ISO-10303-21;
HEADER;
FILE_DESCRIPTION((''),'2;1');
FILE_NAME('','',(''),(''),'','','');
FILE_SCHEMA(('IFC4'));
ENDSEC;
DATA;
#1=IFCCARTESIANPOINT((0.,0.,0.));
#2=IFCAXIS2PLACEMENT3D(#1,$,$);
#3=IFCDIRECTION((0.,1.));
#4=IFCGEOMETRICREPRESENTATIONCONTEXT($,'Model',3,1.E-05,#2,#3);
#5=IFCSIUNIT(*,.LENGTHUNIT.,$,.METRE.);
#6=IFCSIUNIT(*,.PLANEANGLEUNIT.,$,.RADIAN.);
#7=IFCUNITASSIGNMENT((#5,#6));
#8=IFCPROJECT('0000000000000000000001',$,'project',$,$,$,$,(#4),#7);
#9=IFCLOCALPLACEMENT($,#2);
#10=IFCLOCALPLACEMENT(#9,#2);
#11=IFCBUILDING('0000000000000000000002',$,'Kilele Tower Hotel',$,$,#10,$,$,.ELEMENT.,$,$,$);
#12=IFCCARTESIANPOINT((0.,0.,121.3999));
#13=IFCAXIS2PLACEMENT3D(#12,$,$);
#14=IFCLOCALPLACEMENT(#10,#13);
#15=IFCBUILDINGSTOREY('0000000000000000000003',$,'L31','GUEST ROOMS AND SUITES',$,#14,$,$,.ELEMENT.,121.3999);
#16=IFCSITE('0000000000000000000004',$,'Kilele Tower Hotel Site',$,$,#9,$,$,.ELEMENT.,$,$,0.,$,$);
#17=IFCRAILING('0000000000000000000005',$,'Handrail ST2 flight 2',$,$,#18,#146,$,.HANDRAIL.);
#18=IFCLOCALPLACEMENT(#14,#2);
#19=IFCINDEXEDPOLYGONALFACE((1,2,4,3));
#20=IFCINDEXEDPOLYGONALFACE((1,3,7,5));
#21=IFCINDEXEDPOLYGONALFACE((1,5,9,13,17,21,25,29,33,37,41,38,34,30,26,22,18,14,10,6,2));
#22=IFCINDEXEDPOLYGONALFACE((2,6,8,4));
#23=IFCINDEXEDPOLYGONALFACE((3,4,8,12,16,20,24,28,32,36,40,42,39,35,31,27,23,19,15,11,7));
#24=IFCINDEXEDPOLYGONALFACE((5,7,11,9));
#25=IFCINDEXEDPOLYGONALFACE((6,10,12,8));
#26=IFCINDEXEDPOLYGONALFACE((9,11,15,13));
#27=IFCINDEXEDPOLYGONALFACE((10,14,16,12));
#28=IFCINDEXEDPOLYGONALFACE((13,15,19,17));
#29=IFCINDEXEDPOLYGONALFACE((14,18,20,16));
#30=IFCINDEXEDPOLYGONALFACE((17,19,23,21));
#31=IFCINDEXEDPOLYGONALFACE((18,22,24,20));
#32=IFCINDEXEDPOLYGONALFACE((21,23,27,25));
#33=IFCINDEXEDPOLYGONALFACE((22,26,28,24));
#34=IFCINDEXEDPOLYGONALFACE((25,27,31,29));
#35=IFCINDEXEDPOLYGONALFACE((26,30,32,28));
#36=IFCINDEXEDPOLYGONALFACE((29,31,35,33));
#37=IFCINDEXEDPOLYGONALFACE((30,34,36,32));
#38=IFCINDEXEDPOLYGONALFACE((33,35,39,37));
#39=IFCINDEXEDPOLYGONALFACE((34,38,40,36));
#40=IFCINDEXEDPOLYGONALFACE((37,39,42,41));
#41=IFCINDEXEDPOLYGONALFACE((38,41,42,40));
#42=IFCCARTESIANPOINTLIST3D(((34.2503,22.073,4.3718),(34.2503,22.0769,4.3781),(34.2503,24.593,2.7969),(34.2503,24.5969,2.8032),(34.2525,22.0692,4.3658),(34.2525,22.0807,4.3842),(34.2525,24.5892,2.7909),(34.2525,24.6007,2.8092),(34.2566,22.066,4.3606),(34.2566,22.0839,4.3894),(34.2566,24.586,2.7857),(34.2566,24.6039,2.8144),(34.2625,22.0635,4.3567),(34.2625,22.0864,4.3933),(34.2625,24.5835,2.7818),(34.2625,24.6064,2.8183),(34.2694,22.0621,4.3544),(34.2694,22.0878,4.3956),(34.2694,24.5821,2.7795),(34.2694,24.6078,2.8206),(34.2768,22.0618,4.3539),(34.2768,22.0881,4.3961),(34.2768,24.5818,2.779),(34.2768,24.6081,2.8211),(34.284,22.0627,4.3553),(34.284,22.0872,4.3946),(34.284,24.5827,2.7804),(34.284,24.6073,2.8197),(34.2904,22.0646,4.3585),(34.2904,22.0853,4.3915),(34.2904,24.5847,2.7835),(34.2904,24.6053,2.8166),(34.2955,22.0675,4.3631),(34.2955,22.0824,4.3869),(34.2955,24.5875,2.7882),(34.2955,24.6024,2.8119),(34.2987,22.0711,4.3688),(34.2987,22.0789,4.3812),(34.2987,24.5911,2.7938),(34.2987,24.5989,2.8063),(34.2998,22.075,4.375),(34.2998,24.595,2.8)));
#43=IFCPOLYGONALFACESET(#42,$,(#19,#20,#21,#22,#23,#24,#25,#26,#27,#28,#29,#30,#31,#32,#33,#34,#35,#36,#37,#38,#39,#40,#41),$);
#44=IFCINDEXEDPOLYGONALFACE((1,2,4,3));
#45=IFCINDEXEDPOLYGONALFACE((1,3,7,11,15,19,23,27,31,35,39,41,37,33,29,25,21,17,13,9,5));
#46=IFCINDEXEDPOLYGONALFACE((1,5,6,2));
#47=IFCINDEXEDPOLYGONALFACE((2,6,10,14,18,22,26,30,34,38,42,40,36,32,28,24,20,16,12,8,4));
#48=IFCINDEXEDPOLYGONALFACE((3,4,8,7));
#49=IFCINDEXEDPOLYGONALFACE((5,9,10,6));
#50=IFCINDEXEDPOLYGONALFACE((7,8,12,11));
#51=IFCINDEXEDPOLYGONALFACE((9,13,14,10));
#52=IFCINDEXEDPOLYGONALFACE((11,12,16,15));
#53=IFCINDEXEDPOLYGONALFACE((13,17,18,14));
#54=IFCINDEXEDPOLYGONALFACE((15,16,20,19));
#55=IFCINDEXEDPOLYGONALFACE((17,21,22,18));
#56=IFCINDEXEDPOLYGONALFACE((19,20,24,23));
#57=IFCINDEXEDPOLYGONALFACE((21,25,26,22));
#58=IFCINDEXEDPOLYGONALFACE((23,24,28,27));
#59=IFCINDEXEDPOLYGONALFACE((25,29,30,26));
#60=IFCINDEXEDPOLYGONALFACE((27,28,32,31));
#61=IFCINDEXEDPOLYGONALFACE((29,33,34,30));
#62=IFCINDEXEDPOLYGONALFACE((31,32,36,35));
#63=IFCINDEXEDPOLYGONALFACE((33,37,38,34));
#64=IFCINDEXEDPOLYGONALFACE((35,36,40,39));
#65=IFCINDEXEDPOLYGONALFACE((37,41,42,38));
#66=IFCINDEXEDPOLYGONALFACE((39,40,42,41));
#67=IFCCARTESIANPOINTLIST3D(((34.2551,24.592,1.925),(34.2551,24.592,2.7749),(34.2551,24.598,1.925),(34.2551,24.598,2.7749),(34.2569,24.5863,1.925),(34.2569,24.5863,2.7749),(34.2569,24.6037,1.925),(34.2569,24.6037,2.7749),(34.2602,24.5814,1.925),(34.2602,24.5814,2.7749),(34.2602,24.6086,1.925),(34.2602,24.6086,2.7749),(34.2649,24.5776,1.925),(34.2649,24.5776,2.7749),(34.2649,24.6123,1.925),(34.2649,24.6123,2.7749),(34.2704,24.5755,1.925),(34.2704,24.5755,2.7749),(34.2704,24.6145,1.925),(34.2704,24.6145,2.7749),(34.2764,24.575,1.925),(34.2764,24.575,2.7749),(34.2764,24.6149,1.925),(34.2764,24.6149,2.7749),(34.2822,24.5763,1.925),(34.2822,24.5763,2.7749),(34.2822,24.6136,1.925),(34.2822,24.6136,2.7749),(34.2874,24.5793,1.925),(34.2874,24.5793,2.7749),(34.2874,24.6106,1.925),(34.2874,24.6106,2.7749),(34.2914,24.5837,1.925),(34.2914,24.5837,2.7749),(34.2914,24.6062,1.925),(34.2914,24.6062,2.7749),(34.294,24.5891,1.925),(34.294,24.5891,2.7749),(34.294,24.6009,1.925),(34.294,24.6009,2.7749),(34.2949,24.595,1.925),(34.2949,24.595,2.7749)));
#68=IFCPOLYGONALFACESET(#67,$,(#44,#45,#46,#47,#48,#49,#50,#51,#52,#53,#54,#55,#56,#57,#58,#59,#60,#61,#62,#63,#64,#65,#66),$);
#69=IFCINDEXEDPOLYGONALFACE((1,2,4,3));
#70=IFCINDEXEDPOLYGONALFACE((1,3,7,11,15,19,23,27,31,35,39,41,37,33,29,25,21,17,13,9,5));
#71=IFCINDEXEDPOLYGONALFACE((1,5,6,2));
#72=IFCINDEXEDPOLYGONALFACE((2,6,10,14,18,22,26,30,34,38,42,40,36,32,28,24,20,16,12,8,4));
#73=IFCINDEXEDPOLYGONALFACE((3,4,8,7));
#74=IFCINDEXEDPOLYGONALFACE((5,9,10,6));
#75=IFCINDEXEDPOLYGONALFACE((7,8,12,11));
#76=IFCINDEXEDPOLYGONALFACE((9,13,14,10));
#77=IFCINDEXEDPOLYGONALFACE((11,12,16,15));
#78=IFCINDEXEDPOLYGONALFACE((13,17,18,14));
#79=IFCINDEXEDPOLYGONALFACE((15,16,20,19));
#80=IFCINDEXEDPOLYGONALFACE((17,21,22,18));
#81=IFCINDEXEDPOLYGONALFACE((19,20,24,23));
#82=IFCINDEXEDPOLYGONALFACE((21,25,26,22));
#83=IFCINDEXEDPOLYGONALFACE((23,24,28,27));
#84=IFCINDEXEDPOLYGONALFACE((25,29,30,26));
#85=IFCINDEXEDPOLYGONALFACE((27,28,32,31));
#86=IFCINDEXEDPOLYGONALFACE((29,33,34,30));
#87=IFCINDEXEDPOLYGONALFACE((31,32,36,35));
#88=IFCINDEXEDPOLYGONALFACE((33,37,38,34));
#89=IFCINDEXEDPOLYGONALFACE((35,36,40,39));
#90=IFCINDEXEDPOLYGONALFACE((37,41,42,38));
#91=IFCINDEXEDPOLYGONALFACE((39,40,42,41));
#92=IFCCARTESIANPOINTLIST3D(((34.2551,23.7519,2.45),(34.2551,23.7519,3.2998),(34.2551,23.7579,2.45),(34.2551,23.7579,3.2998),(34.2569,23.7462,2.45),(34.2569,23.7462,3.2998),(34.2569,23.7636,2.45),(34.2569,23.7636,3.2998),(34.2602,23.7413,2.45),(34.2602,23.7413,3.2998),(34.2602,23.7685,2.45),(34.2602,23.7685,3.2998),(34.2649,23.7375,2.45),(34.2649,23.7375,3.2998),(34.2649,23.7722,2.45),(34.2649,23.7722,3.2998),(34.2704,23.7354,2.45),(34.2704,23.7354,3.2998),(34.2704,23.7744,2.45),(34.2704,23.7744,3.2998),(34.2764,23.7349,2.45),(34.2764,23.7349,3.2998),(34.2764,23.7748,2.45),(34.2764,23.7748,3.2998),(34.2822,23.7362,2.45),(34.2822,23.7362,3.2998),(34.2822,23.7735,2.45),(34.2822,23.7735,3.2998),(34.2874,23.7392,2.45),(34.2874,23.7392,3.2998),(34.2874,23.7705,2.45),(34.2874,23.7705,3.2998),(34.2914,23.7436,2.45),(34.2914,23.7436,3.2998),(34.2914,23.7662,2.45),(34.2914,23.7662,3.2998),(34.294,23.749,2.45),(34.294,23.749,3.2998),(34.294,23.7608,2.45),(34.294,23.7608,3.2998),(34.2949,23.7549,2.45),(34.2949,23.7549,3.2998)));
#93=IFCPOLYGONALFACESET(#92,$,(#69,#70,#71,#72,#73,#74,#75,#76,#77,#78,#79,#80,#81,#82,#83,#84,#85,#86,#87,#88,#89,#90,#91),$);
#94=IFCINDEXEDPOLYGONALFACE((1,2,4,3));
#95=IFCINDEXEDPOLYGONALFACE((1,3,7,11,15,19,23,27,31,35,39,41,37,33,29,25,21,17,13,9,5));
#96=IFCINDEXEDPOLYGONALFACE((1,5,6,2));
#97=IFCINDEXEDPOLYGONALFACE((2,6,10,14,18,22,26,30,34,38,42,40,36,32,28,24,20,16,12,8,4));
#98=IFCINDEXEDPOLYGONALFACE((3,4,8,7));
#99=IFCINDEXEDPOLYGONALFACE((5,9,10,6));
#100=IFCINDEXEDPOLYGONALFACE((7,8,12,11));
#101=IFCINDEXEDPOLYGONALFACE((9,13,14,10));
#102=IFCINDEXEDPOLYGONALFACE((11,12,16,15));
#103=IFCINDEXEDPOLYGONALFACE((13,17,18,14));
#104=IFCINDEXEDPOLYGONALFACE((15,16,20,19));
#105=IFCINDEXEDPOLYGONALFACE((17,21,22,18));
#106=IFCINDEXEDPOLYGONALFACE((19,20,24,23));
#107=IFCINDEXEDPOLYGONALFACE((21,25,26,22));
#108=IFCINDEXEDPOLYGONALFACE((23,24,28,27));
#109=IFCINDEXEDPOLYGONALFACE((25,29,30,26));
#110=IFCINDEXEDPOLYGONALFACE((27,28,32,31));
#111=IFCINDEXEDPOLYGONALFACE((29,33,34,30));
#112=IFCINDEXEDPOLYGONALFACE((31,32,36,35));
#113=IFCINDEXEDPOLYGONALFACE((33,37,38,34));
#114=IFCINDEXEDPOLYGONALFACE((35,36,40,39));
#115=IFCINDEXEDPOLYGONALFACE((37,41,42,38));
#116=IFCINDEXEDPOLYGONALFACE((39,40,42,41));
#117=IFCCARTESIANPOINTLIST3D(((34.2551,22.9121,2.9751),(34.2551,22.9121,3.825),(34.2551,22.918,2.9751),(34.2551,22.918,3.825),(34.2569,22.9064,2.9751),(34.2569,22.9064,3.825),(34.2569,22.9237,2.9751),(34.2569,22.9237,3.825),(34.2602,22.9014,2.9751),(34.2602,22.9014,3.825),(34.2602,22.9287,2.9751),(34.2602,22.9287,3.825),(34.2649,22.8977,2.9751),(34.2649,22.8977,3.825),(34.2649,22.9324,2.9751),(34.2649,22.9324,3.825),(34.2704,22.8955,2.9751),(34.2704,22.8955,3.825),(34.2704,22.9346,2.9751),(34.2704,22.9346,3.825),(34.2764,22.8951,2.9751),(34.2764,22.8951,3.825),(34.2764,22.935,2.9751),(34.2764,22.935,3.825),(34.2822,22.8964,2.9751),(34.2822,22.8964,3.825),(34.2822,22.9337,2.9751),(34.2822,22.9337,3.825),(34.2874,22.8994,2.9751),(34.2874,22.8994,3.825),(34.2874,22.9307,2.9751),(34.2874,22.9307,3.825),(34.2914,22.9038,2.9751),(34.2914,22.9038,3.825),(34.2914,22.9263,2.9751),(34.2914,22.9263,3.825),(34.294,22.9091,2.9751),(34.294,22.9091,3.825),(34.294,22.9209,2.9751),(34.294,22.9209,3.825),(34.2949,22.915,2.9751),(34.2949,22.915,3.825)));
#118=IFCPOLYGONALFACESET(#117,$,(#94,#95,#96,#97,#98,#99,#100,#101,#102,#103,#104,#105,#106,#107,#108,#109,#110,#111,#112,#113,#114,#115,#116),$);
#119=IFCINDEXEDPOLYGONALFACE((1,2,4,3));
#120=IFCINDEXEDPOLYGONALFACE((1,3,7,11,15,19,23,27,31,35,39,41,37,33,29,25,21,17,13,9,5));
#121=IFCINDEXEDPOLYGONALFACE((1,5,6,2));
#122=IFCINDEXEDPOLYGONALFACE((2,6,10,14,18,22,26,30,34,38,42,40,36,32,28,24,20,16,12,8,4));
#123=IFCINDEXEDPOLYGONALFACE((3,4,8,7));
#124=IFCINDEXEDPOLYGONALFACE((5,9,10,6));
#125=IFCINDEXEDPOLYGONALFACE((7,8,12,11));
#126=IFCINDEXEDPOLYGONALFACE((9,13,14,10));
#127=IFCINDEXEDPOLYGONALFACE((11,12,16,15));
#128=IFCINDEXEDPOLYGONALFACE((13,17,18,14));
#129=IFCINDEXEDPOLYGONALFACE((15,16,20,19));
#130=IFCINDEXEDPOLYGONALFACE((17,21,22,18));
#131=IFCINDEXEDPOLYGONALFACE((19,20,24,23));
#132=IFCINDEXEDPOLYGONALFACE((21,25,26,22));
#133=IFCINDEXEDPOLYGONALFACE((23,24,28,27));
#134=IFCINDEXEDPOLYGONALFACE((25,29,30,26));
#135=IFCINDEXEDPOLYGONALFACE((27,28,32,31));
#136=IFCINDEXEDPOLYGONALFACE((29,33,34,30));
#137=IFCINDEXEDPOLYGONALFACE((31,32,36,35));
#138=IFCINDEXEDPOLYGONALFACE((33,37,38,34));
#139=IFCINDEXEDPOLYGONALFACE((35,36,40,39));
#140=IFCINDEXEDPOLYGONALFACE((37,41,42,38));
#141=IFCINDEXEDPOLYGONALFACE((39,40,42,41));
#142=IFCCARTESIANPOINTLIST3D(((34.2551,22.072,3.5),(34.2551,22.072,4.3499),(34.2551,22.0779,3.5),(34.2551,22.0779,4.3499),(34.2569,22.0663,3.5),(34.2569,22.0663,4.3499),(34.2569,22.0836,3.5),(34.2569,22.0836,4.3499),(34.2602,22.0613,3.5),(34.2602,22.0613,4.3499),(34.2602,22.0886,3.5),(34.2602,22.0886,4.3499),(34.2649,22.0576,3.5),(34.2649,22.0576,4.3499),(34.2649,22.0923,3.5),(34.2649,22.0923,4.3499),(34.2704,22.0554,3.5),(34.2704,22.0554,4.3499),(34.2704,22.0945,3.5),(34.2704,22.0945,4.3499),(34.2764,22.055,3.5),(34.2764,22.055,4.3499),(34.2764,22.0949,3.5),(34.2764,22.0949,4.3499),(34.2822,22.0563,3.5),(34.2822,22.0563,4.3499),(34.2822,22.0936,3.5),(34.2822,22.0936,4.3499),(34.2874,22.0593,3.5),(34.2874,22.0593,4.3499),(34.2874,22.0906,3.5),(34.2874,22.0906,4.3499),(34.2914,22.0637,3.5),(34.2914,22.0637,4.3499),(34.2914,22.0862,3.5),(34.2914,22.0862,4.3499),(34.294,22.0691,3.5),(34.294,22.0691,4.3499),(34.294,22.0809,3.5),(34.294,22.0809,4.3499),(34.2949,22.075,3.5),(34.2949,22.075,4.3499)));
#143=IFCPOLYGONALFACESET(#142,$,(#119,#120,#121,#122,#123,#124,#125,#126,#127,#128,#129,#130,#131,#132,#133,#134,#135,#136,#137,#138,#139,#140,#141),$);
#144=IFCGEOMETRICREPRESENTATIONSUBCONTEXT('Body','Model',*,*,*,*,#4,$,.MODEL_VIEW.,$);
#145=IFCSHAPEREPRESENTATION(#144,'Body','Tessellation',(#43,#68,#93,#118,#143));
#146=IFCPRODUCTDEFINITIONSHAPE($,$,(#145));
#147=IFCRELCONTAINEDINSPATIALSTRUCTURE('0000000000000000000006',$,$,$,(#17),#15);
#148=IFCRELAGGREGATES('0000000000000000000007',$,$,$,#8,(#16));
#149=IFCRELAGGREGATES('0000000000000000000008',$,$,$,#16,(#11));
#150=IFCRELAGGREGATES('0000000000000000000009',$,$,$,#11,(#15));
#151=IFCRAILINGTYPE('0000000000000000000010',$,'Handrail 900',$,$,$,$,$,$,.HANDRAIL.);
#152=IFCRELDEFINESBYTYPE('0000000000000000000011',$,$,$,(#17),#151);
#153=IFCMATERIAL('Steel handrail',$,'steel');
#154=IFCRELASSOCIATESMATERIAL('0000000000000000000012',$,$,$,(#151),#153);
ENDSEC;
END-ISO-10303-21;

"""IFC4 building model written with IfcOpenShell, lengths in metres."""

from ifc_helpers import new_model, si_unit, direction, frame, origin, origin_2d, place, context, subcontext, project, spatial, circle, extrude, material, type_object, element, save


model = new_model("IFC4")

# Units and contexts
model_context = context("Model", 3, precision=1e-05, world=origin(), true_north=direction((0.0, 1.0)))
body_context = subcontext(model_context, "Body", "Model", "MODEL_VIEW")
ifc_project = project(units=[si_unit("LENGTHUNIT", "METRE"), si_unit("PLANEANGLEUNIT", "RADIAN")], contexts=[model_context])

# Site, building, storey
site_placement = place(None, origin())
site = spatial("IfcSite", under=ifc_project, at=site_placement, Name="Kilele Tower Hotel Site", CompositionType="ELEMENT", RefElevation=0.0)
building_placement = place(site_placement, origin())
building = spatial("IfcBuilding", under=site, at=building_placement, Name="Kilele Tower Hotel", CompositionType="ELEMENT")
storey_placement = place(building_placement, frame((0.0, 0.0, 121.3999)))
storey = spatial("IfcBuildingStorey", under=building, at=storey_placement, Name="L31", Description="GUEST ROOMS AND SUITES", CompositionType="ELEMENT", Elevation=121.3999)

# Railing
ifc_material_1 = material(Name="Steel handrail", Category="steel")
railing_type_1 = type_object("IfcRailingType", Name="Handrail 900", PredefinedType="HANDRAIL", material=ifc_material_1)
for number, where, name in (
    (1, (34.2749, 24.595, 1.925), "Handrail ST2 flight 2"),
):
    element("IfcRailing", number, at=place(storey_placement, frame(where)), inside=storey, type_object=railing_type_1, Name=name, PredefinedType="HANDRAIL", context=body_context, shape_type="SweptSolid", body=[
        extrude(circle(Radius=0.0249, at=origin_2d()), frame((0.0, 0.0, 0.875), z_axis=(0.0, -0.848008, 0.529984), x_axis=(1.0, 0.0, 0.0)), (0.0, 0.0, 1.0), 2.9717),
        extrude(circle(Radius=0.02, at=origin_2d()), origin(), (0.0, 0.0, 1.0), 0.8499),
        extrude(circle(Radius=0.02, at=origin_2d()), frame((0.0, -0.8401, 0.5249)), (0.0, 0.0, 1.0), 0.8499),
        extrude(circle(Radius=0.02, at=origin_2d()), frame((0.0, -1.6799, 1.05)), (0.0, 0.0, 1.0), 0.8499),
        extrude(circle(Radius=0.02, at=origin_2d()), frame((0.0, -2.52, 1.575)), (0.0, 0.0, 1.0), 0.8499),
    ])

save(model, "model.ifc")
